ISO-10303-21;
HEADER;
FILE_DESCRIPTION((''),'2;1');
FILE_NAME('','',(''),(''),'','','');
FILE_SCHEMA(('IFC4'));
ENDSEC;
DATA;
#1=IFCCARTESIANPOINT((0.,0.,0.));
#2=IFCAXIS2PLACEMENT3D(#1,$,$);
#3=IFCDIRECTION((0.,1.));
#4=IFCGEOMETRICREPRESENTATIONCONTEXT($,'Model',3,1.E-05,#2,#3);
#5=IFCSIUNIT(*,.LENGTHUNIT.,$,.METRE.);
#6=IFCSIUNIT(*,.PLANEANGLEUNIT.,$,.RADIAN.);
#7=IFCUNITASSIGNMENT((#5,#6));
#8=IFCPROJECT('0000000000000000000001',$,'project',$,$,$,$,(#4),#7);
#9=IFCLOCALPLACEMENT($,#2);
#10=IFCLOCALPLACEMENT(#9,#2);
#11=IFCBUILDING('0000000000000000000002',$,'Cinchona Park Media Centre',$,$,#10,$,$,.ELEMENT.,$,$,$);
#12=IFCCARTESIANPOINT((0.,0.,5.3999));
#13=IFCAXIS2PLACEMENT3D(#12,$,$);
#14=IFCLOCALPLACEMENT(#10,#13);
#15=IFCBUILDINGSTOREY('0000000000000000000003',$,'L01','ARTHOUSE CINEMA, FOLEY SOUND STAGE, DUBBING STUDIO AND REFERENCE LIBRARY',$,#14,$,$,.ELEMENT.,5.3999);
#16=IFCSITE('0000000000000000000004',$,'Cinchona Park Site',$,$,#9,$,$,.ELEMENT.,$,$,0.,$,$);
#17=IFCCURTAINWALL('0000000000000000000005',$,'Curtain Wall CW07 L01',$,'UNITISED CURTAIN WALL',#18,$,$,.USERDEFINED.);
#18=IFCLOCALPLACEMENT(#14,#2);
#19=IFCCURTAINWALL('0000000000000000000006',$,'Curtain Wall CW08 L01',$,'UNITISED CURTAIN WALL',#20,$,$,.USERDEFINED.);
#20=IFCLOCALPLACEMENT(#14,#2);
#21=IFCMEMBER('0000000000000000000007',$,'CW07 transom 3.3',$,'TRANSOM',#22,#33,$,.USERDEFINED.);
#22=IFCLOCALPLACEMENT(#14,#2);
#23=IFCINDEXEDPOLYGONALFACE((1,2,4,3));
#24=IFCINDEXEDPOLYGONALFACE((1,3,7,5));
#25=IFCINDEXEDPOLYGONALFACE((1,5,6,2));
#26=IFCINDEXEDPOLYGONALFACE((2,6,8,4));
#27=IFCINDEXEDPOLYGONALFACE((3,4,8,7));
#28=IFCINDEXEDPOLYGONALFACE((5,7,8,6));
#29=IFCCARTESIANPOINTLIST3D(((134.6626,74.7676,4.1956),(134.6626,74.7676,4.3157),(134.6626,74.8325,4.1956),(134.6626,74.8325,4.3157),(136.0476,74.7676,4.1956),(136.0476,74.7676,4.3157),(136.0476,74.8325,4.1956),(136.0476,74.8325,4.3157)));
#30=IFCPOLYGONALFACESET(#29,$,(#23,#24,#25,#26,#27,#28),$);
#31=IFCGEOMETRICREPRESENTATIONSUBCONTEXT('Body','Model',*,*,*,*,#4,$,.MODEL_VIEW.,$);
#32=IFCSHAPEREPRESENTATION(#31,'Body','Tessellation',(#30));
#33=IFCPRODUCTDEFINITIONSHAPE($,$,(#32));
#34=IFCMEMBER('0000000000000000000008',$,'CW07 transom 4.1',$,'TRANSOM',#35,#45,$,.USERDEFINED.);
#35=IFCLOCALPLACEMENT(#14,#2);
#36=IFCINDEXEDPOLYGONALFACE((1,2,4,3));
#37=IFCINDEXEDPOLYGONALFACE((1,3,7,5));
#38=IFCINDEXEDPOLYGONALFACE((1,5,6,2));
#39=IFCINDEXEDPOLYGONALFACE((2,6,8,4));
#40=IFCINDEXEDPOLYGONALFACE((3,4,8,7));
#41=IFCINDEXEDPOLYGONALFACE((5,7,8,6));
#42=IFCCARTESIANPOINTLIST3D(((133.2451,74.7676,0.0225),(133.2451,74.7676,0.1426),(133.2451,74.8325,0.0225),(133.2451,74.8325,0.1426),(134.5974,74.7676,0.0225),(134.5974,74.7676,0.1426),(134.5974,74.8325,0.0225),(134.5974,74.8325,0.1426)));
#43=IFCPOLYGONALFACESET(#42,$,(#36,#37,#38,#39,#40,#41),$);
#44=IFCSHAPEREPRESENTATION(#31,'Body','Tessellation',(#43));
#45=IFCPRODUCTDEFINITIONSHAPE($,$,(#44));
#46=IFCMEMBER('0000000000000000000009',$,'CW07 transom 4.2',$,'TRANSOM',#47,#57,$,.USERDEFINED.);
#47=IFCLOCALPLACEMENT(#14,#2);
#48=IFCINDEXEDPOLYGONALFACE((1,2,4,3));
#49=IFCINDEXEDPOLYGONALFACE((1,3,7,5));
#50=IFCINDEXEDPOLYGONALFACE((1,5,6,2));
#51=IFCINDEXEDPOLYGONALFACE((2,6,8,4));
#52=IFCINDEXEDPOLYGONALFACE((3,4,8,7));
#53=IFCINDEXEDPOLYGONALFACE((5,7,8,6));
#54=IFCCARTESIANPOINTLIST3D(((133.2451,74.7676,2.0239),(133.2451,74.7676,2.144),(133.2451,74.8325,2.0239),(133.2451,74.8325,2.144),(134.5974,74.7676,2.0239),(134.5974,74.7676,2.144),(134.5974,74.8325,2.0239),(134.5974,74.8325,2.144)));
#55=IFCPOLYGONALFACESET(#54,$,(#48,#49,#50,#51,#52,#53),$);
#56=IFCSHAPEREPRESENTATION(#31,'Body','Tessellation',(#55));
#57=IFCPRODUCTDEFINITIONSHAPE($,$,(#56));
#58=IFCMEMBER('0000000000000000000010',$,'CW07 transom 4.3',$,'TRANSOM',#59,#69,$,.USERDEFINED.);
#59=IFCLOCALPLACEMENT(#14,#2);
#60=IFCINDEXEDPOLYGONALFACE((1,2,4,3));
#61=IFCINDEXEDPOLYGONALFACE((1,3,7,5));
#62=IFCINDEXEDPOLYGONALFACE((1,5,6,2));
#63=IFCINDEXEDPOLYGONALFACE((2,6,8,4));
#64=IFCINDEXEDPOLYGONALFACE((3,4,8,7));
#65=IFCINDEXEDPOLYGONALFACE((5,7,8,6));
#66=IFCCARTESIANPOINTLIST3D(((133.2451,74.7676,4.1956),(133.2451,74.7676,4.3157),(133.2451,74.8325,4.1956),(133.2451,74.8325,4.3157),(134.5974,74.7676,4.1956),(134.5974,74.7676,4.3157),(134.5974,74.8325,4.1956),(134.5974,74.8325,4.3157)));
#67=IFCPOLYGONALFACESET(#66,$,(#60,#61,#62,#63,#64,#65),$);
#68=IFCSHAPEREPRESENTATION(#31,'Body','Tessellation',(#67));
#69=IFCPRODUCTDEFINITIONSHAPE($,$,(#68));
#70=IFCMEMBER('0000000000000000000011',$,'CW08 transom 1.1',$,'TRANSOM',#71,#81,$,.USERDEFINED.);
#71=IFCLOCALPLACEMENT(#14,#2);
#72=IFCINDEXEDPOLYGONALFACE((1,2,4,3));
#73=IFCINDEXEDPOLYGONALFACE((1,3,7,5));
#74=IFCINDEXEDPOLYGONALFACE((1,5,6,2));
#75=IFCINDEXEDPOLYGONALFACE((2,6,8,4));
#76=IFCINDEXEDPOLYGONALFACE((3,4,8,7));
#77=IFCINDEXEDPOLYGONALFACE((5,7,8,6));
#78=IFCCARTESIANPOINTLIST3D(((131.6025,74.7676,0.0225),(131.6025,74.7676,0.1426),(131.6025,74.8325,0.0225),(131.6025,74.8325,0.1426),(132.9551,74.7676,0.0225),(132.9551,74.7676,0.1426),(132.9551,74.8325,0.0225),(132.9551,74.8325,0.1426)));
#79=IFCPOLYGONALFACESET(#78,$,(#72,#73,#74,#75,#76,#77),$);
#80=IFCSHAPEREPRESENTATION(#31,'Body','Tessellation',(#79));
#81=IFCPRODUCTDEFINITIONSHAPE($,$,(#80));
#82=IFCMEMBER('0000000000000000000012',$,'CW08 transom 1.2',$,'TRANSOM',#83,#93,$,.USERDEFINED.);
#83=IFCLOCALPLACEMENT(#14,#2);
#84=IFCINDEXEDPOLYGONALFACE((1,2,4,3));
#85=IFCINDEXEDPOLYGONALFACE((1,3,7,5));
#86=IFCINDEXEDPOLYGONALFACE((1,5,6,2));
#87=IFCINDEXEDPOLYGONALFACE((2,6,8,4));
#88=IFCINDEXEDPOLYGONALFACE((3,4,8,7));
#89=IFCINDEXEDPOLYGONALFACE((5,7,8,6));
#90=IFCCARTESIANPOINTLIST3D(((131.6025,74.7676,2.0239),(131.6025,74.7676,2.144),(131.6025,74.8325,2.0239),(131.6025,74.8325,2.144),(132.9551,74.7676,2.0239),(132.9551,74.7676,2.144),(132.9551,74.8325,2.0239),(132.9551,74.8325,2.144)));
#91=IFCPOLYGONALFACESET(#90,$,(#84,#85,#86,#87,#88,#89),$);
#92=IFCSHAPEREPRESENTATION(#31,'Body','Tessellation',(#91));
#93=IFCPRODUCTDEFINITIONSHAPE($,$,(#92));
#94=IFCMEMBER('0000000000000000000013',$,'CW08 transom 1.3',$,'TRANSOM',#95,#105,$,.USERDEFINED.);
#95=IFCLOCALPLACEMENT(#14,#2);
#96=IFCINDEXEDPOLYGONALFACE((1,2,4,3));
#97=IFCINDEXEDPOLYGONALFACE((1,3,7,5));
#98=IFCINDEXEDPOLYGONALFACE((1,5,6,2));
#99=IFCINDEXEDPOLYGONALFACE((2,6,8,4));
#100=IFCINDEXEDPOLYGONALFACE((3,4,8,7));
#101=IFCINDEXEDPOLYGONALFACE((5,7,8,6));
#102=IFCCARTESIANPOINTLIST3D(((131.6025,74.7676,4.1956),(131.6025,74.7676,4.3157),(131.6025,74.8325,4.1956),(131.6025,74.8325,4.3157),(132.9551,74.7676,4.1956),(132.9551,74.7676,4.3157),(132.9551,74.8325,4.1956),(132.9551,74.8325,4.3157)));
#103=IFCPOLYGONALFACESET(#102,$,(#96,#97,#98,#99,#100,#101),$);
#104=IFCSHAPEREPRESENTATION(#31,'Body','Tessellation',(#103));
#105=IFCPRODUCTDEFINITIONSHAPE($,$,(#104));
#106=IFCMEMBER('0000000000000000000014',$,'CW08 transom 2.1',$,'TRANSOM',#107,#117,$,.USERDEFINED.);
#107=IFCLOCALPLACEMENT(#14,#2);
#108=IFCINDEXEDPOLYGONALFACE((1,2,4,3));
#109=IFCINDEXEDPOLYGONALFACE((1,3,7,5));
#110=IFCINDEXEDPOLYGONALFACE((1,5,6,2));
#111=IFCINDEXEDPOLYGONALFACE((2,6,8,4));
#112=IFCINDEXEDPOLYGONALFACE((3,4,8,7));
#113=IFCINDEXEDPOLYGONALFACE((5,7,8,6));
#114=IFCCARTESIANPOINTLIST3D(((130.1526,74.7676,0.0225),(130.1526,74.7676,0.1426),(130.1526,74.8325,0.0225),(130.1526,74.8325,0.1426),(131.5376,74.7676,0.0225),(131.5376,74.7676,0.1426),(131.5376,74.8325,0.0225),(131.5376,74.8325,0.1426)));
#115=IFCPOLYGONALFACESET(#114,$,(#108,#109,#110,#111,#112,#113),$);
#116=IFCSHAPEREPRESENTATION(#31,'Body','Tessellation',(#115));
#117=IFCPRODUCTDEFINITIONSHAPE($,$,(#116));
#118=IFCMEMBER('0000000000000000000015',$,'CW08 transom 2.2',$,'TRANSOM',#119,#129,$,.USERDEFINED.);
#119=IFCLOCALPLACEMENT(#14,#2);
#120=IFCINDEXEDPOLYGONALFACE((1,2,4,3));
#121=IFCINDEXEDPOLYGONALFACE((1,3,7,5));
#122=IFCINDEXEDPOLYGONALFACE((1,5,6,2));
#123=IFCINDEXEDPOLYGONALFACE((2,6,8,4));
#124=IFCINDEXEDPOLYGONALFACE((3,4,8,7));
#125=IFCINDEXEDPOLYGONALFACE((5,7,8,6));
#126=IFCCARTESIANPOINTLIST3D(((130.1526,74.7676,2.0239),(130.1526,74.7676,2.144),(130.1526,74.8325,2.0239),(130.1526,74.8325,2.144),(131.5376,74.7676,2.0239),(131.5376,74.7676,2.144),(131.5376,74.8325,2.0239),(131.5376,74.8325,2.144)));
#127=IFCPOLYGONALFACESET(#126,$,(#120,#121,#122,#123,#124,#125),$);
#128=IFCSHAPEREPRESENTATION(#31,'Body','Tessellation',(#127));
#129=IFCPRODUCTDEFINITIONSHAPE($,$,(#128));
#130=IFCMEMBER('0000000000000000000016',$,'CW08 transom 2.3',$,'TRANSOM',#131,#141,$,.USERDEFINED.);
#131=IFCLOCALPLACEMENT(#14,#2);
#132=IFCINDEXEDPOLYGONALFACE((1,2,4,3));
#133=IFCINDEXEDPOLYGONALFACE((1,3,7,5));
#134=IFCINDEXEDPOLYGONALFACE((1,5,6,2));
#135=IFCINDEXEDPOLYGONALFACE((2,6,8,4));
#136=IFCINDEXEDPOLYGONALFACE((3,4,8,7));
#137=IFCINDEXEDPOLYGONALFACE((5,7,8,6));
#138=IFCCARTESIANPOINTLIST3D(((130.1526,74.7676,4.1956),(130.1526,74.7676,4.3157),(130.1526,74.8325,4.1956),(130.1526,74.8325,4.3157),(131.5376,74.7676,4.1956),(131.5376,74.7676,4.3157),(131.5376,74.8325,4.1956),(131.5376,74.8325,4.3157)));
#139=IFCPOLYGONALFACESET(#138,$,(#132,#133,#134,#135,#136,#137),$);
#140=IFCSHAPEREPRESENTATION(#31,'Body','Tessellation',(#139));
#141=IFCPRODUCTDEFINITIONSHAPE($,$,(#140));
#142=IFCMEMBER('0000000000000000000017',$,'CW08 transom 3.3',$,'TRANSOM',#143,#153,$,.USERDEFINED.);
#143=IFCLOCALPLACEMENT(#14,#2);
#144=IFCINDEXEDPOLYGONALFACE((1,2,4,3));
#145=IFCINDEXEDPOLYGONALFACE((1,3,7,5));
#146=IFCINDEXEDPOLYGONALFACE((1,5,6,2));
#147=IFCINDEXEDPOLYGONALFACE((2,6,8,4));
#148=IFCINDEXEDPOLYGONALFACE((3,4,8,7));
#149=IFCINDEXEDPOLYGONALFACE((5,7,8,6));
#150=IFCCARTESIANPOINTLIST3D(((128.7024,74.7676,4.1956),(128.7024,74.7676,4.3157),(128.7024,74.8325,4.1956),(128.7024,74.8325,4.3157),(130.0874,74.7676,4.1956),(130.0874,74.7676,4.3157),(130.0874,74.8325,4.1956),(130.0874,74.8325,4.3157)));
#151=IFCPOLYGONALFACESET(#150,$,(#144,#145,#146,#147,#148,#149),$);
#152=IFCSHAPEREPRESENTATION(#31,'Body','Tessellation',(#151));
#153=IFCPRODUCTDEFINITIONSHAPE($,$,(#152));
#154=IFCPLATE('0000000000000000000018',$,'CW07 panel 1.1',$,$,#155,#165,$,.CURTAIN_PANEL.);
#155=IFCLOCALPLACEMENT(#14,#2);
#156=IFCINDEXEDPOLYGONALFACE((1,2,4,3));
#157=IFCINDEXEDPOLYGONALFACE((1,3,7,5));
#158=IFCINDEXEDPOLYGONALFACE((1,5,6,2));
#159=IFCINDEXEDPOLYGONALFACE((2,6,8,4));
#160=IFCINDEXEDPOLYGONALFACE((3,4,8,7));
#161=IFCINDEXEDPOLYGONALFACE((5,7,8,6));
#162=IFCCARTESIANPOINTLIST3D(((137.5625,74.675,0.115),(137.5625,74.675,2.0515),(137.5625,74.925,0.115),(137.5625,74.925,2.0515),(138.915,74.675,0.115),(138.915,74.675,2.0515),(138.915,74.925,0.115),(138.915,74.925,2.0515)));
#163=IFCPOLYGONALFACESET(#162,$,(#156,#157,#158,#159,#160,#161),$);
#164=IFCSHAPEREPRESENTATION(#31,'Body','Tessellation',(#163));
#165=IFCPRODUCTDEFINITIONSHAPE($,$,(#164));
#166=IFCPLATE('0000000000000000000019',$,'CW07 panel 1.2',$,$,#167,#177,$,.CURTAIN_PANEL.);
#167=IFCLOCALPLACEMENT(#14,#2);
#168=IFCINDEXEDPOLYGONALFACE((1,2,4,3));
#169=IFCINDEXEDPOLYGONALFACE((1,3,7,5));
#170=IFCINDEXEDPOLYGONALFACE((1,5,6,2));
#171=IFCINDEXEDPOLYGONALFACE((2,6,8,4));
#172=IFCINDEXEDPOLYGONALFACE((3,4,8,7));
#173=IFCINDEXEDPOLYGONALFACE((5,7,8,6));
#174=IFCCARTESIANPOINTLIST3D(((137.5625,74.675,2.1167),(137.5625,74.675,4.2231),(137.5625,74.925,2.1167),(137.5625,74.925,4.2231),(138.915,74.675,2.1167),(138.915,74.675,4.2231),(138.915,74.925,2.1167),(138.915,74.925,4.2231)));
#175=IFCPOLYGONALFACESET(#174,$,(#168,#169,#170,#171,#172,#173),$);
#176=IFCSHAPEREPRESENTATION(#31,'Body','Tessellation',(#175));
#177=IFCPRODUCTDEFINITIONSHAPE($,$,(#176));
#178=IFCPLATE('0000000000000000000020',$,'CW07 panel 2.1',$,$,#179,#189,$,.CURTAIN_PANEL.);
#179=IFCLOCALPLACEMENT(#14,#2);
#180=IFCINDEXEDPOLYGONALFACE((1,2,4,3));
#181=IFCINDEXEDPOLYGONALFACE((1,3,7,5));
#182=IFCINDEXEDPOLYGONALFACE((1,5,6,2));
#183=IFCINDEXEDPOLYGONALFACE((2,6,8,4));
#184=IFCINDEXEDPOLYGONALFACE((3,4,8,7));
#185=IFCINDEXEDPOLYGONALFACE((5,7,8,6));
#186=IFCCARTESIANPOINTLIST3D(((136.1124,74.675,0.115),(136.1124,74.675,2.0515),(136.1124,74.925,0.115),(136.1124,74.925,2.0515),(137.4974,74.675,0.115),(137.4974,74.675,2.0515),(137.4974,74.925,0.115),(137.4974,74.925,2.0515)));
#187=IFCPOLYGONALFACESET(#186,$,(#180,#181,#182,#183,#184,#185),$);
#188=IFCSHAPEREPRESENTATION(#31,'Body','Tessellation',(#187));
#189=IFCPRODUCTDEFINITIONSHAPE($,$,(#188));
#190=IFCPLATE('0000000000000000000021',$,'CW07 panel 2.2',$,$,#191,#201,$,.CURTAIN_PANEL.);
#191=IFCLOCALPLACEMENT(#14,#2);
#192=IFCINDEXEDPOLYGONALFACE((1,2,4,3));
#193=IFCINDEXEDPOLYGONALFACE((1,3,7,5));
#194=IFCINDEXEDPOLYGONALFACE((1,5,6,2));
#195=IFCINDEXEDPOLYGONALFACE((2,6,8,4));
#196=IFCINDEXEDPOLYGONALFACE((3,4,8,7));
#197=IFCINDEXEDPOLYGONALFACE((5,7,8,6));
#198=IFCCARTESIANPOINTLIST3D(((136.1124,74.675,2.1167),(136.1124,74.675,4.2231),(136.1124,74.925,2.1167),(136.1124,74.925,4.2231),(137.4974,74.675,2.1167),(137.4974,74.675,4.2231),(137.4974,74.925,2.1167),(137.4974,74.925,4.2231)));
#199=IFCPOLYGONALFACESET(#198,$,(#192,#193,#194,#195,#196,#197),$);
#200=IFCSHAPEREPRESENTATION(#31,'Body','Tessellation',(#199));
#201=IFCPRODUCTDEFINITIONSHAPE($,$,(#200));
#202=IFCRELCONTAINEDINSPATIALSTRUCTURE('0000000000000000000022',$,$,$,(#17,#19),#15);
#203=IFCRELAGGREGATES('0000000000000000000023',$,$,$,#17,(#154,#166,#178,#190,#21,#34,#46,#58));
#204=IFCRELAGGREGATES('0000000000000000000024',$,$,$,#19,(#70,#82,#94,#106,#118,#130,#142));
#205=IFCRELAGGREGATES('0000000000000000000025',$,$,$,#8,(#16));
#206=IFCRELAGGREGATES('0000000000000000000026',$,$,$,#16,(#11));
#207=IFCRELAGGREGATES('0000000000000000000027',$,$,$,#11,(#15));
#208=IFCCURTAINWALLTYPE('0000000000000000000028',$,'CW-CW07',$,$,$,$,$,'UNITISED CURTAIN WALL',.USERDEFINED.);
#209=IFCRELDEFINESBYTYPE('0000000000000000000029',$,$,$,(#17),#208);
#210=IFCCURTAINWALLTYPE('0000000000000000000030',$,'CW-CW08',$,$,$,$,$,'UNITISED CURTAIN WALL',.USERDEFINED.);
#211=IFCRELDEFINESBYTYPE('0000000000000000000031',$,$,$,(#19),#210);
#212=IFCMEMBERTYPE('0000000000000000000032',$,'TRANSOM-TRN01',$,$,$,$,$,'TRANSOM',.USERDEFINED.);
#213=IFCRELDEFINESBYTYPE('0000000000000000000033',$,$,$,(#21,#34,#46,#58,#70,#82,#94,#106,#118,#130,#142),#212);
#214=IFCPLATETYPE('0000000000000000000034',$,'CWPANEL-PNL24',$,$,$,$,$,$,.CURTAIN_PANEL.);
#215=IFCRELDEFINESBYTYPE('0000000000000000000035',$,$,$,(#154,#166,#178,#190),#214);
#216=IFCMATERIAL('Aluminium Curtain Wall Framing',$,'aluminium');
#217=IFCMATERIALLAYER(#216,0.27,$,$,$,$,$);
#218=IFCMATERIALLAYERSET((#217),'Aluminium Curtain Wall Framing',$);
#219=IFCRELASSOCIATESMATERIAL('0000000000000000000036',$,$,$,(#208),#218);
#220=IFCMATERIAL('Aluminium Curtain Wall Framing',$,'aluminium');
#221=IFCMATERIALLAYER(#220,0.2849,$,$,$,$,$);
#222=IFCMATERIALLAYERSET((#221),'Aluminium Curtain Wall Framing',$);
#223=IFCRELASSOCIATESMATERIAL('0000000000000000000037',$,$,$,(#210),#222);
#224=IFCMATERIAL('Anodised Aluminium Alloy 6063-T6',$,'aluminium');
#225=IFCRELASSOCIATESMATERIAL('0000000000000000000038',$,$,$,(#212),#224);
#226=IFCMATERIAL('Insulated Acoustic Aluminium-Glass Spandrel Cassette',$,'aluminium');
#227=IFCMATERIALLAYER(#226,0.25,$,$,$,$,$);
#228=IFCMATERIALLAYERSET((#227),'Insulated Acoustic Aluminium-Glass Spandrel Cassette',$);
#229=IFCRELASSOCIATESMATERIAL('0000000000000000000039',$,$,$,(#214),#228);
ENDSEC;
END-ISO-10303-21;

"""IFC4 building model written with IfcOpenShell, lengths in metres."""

from ifc_helpers import new_model, si_unit, direction, frame, origin, origin_2d, place, context, subcontext, project, spatial, rectangle, extrude, material, layer, layer_set, material_profile, profile_set, type_object, element, aggregate, save


model = new_model("IFC4")

# Units and contexts
model_context = context("Model", 3, precision=1e-05, world=origin(), true_north=direction((0.0, 1.0)))
body_context = subcontext(model_context, "Body", "Model", "MODEL_VIEW")
ifc_project = project(units=[si_unit("LENGTHUNIT", "METRE"), si_unit("PLANEANGLEUNIT", "RADIAN")], contexts=[model_context])

# Site, building, storey
site_placement = place(None, origin())
site = spatial("IfcSite", under=ifc_project, at=site_placement, Name="Cinchona Park Site", CompositionType="ELEMENT", RefElevation=0.0)
building_placement = place(site_placement, origin())
building = spatial("IfcBuilding", under=site, at=building_placement, Name="Cinchona Park Media Centre", CompositionType="ELEMENT")
storey_placement = place(building_placement, frame((0.0, 0.0, 5.3999)))
storey = spatial("IfcBuildingStorey", under=building, at=storey_placement, Name="L01", Description="ARTHOUSE CINEMA, FOLEY SOUND STAGE, DUBBING STUDIO AND REFERENCE LIBRARY", CompositionType="ELEMENT", Elevation=5.3999)

# Curtain walls
ifc_material_1 = material(Name="Aluminium Curtain Wall Framing", Category="aluminium")
ifc_layer_1 = layer(ifc_material_1, 0.27)
ifc_layer_set_1 = layer_set([ifc_layer_1], Name="Aluminium Curtain Wall Framing")
curtain_wall_type_1 = type_object("IfcCurtainWallType", Name="CW-CW07", ElementType="UNITISED CURTAIN WALL", PredefinedType="USERDEFINED", material=ifc_layer_set_1)
curtain_wall_1_placement = place(storey_placement, origin())
curtain_wall_1 = element("IfcCurtainWall", 1, at=curtain_wall_1_placement, inside=storey, type_object=curtain_wall_type_1, Name="Curtain Wall CW07 L01", ObjectType="UNITISED CURTAIN WALL", PredefinedType="USERDEFINED")
ifc_material_2 = material(Name="Aluminium Curtain Wall Framing", Category="aluminium")
ifc_layer_2 = layer(ifc_material_2, 0.2849)
ifc_layer_set_2 = layer_set([ifc_layer_2], Name="Aluminium Curtain Wall Framing")
curtain_wall_type_2 = type_object("IfcCurtainWallType", Name="CW-CW08", ElementType="UNITISED CURTAIN WALL", PredefinedType="USERDEFINED", material=ifc_layer_set_2)
curtain_wall_2_placement = place(storey_placement, origin())
curtain_wall_2 = element("IfcCurtainWall", 2, at=curtain_wall_2_placement, inside=storey, type_object=curtain_wall_type_2, Name="Curtain Wall CW08 L01", ObjectType="UNITISED CURTAIN WALL", PredefinedType="USERDEFINED")

# Members
ifc_material_3 = material(Name="Anodised Aluminium Alloy 6063-T6", Category="aluminium")
ifc_material_profile_1 = material_profile(ifc_material_3, rectangle(XDim=0.0649, YDim=0.1201, at=origin_2d()), Name="TRN-65X120")
ifc_profile_set_1 = profile_set([ifc_material_profile_1], Name="Anodised Aluminium Alloy 6063-T6")
member_type_1 = type_object("IfcMemberType", Name="TRANSOM-TRN01", ElementType="TRANSOM", PredefinedType="USERDEFINED", material=ifc_profile_set_1)
member_1_placement = place(storey_placement, frame((136.0476, 74.8, 4.2556), z_axis=(-1.0, 0.0, 0.0), x_axis=(0.0, -1.0, 0.0)))
member_1 = element("IfcMember", 3, at=member_1_placement, type_object=member_type_1, Name="CW07 transom 3.3", ObjectType="TRANSOM", PredefinedType="USERDEFINED", context=body_context, shape_type="SweptSolid", body=[
    extrude(rectangle(XDim=0.0649, YDim=0.1201, at=origin_2d()), origin(), (0.0, 0.0, 1.0), 1.385),
])
member_2_placement = place(storey_placement, frame((134.5974, 74.8, 0.0825), z_axis=(-1.0, 0.0, 0.0), x_axis=(0.0, -1.0, 0.0)))
member_2 = element("IfcMember", 4, at=member_2_placement, type_object=member_type_1, Name="CW07 transom 4.1", ObjectType="TRANSOM", PredefinedType="USERDEFINED", context=body_context, shape_type="SweptSolid", body=[
    extrude(rectangle(XDim=0.0649, YDim=0.1201, at=origin_2d()), origin(), (0.0, 0.0, 1.0), 1.3523),
])
member_3_placement = place(storey_placement, frame((134.5974, 74.8, 2.084), z_axis=(-1.0, 0.0, 0.0), x_axis=(0.0, -1.0, 0.0)))
member_3 = element("IfcMember", 5, at=member_3_placement, type_object=member_type_1, Name="CW07 transom 4.2", ObjectType="TRANSOM", PredefinedType="USERDEFINED", context=body_context, shape_type="SweptSolid", body=[
    extrude(rectangle(XDim=0.0649, YDim=0.1201, at=origin_2d()), origin(), (0.0, 0.0, 1.0), 1.3523),
])
member_4_placement = place(storey_placement, frame((134.5974, 74.8, 4.2556), z_axis=(-1.0, 0.0, 0.0), x_axis=(0.0, -1.0, 0.0)))
member_4 = element("IfcMember", 6, at=member_4_placement, type_object=member_type_1, Name="CW07 transom 4.3", ObjectType="TRANSOM", PredefinedType="USERDEFINED", context=body_context, shape_type="SweptSolid", body=[
    extrude(rectangle(XDim=0.0649, YDim=0.1201, at=origin_2d()), origin(), (0.0, 0.0, 1.0), 1.3523),
])
member_5_placement = place(storey_placement, frame((132.9551, 74.8, 0.0825), z_axis=(-1.0, 0.0, 0.0), x_axis=(0.0, -1.0, 0.0)))
member_5 = element("IfcMember", 7, at=member_5_placement, type_object=member_type_1, Name="CW08 transom 1.1", ObjectType="TRANSOM", PredefinedType="USERDEFINED", context=body_context, shape_type="SweptSolid", body=[
    extrude(rectangle(XDim=0.0649, YDim=0.1201, at=origin_2d()), origin(), (0.0, 0.0, 1.0), 1.3525),
])
member_6_placement = place(storey_placement, frame((132.9551, 74.8, 2.084), z_axis=(-1.0, 0.0, 0.0), x_axis=(0.0, -1.0, 0.0)))
member_6 = element("IfcMember", 8, at=member_6_placement, type_object=member_type_1, Name="CW08 transom 1.2", ObjectType="TRANSOM", PredefinedType="USERDEFINED", context=body_context, shape_type="SweptSolid", body=[
    extrude(rectangle(XDim=0.0649, YDim=0.1201, at=origin_2d()), origin(), (0.0, 0.0, 1.0), 1.3525),
])
member_7_placement = place(storey_placement, frame((132.9551, 74.8, 4.2556), z_axis=(-1.0, 0.0, 0.0), x_axis=(0.0, -1.0, 0.0)))
member_7 = element("IfcMember", 9, at=member_7_placement, type_object=member_type_1, Name="CW08 transom 1.3", ObjectType="TRANSOM", PredefinedType="USERDEFINED", context=body_context, shape_type="SweptSolid", body=[
    extrude(rectangle(XDim=0.0649, YDim=0.1201, at=origin_2d()), origin(), (0.0, 0.0, 1.0), 1.3525),
])
member_8_placement = place(storey_placement, frame((131.5376, 74.8, 0.0825), z_axis=(-1.0, 0.0, 0.0), x_axis=(0.0, -1.0, 0.0)))
member_8 = element("IfcMember", 10, at=member_8_placement, type_object=member_type_1, Name="CW08 transom 2.1", ObjectType="TRANSOM", PredefinedType="USERDEFINED", context=body_context, shape_type="SweptSolid", body=[
    extrude(rectangle(XDim=0.0649, YDim=0.1201, at=origin_2d()), origin(), (0.0, 0.0, 1.0), 1.385),
])
member_9_placement = place(storey_placement, frame((131.5376, 74.8, 2.084), z_axis=(-1.0, 0.0, 0.0), x_axis=(0.0, -1.0, 0.0)))
member_9 = element("IfcMember", 11, at=member_9_placement, type_object=member_type_1, Name="CW08 transom 2.2", ObjectType="TRANSOM", PredefinedType="USERDEFINED", context=body_context, shape_type="SweptSolid", body=[
    extrude(rectangle(XDim=0.0649, YDim=0.1201, at=origin_2d()), origin(), (0.0, 0.0, 1.0), 1.385),
])
member_10_placement = place(storey_placement, frame((131.5376, 74.8, 4.2556), z_axis=(-1.0, 0.0, 0.0), x_axis=(0.0, -1.0, 0.0)))
member_10 = element("IfcMember", 12, at=member_10_placement, type_object=member_type_1, Name="CW08 transom 2.3", ObjectType="TRANSOM", PredefinedType="USERDEFINED", context=body_context, shape_type="SweptSolid", body=[
    extrude(rectangle(XDim=0.0649, YDim=0.1201, at=origin_2d()), origin(), (0.0, 0.0, 1.0), 1.385),
])
member_11_placement = place(storey_placement, frame((130.0874, 74.8, 4.2556), z_axis=(-1.0, 0.0, 0.0), x_axis=(0.0, -1.0, 0.0)))
member_11 = element("IfcMember", 13, at=member_11_placement, type_object=member_type_1, Name="CW08 transom 3.3", ObjectType="TRANSOM", PredefinedType="USERDEFINED", context=body_context, shape_type="SweptSolid", body=[
    extrude(rectangle(XDim=0.0649, YDim=0.1201, at=origin_2d()), origin(), (0.0, 0.0, 1.0), 1.385),
])

# Plates
ifc_material_4 = material(Name="Insulated Acoustic Aluminium-Glass Spandrel Cassette", Category="aluminium")
ifc_layer_3 = layer(ifc_material_4, 0.25)
ifc_layer_set_3 = layer_set([ifc_layer_3], Name="Insulated Acoustic Aluminium-Glass Spandrel Cassette")
plate_type_1 = type_object("IfcPlateType", Name="CWPANEL-PNL24", PredefinedType="CURTAIN_PANEL", material=ifc_layer_set_3)
plate_1_placement = place(storey_placement, frame((138.2388, 74.8, 0.115), z_axis=(0.0, 0.0, 1.0), x_axis=(-1.0, 0.0, 0.0)))
plate_1 = element("IfcPlate", 14, at=plate_1_placement, type_object=plate_type_1, Name="CW07 panel 1.1", PredefinedType="CURTAIN_PANEL", context=body_context, shape_type="SweptSolid", body=[
    extrude(rectangle(XDim=1.3525, YDim=0.25, at=origin_2d()), origin(), (0.0, 0.0, 1.0), 1.9365),
])
plate_2_placement = place(storey_placement, frame((138.2388, 74.8, 2.1167), z_axis=(0.0, 0.0, 1.0), x_axis=(-1.0, 0.0, 0.0)))
plate_2 = element("IfcPlate", 15, at=plate_2_placement, type_object=plate_type_1, Name="CW07 panel 1.2", PredefinedType="CURTAIN_PANEL", context=body_context, shape_type="SweptSolid", body=[
    extrude(rectangle(XDim=1.3525, YDim=0.25, at=origin_2d()), origin(), (0.0, 0.0, 1.0), 2.1064),
])
plate_3_placement = place(storey_placement, frame((136.8049, 74.8, 0.115), z_axis=(0.0, 0.0, 1.0), x_axis=(-1.0, 0.0, 0.0)))
plate_3 = element("IfcPlate", 16, at=plate_3_placement, type_object=plate_type_1, Name="CW07 panel 2.1", PredefinedType="CURTAIN_PANEL", context=body_context, shape_type="SweptSolid", body=[
    extrude(rectangle(XDim=1.385, YDim=0.25, at=origin_2d()), origin(), (0.0, 0.0, 1.0), 1.9365),
])
plate_4_placement = place(storey_placement, frame((136.8049, 74.8, 2.1167), z_axis=(0.0, 0.0, 1.0), x_axis=(-1.0, 0.0, 0.0)))
plate_4 = element("IfcPlate", 17, at=plate_4_placement, type_object=plate_type_1, Name="CW07 panel 2.2", PredefinedType="CURTAIN_PANEL", context=body_context, shape_type="SweptSolid", body=[
    extrude(rectangle(XDim=1.385, YDim=0.25, at=origin_2d()), origin(), (0.0, 0.0, 1.0), 2.1064),
])
aggregate(curtain_wall_1, [plate_1, plate_2, plate_3, plate_4, member_1, member_2, member_3, member_4])
aggregate(curtain_wall_2, [member_5, member_6, member_7, member_8, member_9, member_10, member_11])

save(model, "model.ifc")
